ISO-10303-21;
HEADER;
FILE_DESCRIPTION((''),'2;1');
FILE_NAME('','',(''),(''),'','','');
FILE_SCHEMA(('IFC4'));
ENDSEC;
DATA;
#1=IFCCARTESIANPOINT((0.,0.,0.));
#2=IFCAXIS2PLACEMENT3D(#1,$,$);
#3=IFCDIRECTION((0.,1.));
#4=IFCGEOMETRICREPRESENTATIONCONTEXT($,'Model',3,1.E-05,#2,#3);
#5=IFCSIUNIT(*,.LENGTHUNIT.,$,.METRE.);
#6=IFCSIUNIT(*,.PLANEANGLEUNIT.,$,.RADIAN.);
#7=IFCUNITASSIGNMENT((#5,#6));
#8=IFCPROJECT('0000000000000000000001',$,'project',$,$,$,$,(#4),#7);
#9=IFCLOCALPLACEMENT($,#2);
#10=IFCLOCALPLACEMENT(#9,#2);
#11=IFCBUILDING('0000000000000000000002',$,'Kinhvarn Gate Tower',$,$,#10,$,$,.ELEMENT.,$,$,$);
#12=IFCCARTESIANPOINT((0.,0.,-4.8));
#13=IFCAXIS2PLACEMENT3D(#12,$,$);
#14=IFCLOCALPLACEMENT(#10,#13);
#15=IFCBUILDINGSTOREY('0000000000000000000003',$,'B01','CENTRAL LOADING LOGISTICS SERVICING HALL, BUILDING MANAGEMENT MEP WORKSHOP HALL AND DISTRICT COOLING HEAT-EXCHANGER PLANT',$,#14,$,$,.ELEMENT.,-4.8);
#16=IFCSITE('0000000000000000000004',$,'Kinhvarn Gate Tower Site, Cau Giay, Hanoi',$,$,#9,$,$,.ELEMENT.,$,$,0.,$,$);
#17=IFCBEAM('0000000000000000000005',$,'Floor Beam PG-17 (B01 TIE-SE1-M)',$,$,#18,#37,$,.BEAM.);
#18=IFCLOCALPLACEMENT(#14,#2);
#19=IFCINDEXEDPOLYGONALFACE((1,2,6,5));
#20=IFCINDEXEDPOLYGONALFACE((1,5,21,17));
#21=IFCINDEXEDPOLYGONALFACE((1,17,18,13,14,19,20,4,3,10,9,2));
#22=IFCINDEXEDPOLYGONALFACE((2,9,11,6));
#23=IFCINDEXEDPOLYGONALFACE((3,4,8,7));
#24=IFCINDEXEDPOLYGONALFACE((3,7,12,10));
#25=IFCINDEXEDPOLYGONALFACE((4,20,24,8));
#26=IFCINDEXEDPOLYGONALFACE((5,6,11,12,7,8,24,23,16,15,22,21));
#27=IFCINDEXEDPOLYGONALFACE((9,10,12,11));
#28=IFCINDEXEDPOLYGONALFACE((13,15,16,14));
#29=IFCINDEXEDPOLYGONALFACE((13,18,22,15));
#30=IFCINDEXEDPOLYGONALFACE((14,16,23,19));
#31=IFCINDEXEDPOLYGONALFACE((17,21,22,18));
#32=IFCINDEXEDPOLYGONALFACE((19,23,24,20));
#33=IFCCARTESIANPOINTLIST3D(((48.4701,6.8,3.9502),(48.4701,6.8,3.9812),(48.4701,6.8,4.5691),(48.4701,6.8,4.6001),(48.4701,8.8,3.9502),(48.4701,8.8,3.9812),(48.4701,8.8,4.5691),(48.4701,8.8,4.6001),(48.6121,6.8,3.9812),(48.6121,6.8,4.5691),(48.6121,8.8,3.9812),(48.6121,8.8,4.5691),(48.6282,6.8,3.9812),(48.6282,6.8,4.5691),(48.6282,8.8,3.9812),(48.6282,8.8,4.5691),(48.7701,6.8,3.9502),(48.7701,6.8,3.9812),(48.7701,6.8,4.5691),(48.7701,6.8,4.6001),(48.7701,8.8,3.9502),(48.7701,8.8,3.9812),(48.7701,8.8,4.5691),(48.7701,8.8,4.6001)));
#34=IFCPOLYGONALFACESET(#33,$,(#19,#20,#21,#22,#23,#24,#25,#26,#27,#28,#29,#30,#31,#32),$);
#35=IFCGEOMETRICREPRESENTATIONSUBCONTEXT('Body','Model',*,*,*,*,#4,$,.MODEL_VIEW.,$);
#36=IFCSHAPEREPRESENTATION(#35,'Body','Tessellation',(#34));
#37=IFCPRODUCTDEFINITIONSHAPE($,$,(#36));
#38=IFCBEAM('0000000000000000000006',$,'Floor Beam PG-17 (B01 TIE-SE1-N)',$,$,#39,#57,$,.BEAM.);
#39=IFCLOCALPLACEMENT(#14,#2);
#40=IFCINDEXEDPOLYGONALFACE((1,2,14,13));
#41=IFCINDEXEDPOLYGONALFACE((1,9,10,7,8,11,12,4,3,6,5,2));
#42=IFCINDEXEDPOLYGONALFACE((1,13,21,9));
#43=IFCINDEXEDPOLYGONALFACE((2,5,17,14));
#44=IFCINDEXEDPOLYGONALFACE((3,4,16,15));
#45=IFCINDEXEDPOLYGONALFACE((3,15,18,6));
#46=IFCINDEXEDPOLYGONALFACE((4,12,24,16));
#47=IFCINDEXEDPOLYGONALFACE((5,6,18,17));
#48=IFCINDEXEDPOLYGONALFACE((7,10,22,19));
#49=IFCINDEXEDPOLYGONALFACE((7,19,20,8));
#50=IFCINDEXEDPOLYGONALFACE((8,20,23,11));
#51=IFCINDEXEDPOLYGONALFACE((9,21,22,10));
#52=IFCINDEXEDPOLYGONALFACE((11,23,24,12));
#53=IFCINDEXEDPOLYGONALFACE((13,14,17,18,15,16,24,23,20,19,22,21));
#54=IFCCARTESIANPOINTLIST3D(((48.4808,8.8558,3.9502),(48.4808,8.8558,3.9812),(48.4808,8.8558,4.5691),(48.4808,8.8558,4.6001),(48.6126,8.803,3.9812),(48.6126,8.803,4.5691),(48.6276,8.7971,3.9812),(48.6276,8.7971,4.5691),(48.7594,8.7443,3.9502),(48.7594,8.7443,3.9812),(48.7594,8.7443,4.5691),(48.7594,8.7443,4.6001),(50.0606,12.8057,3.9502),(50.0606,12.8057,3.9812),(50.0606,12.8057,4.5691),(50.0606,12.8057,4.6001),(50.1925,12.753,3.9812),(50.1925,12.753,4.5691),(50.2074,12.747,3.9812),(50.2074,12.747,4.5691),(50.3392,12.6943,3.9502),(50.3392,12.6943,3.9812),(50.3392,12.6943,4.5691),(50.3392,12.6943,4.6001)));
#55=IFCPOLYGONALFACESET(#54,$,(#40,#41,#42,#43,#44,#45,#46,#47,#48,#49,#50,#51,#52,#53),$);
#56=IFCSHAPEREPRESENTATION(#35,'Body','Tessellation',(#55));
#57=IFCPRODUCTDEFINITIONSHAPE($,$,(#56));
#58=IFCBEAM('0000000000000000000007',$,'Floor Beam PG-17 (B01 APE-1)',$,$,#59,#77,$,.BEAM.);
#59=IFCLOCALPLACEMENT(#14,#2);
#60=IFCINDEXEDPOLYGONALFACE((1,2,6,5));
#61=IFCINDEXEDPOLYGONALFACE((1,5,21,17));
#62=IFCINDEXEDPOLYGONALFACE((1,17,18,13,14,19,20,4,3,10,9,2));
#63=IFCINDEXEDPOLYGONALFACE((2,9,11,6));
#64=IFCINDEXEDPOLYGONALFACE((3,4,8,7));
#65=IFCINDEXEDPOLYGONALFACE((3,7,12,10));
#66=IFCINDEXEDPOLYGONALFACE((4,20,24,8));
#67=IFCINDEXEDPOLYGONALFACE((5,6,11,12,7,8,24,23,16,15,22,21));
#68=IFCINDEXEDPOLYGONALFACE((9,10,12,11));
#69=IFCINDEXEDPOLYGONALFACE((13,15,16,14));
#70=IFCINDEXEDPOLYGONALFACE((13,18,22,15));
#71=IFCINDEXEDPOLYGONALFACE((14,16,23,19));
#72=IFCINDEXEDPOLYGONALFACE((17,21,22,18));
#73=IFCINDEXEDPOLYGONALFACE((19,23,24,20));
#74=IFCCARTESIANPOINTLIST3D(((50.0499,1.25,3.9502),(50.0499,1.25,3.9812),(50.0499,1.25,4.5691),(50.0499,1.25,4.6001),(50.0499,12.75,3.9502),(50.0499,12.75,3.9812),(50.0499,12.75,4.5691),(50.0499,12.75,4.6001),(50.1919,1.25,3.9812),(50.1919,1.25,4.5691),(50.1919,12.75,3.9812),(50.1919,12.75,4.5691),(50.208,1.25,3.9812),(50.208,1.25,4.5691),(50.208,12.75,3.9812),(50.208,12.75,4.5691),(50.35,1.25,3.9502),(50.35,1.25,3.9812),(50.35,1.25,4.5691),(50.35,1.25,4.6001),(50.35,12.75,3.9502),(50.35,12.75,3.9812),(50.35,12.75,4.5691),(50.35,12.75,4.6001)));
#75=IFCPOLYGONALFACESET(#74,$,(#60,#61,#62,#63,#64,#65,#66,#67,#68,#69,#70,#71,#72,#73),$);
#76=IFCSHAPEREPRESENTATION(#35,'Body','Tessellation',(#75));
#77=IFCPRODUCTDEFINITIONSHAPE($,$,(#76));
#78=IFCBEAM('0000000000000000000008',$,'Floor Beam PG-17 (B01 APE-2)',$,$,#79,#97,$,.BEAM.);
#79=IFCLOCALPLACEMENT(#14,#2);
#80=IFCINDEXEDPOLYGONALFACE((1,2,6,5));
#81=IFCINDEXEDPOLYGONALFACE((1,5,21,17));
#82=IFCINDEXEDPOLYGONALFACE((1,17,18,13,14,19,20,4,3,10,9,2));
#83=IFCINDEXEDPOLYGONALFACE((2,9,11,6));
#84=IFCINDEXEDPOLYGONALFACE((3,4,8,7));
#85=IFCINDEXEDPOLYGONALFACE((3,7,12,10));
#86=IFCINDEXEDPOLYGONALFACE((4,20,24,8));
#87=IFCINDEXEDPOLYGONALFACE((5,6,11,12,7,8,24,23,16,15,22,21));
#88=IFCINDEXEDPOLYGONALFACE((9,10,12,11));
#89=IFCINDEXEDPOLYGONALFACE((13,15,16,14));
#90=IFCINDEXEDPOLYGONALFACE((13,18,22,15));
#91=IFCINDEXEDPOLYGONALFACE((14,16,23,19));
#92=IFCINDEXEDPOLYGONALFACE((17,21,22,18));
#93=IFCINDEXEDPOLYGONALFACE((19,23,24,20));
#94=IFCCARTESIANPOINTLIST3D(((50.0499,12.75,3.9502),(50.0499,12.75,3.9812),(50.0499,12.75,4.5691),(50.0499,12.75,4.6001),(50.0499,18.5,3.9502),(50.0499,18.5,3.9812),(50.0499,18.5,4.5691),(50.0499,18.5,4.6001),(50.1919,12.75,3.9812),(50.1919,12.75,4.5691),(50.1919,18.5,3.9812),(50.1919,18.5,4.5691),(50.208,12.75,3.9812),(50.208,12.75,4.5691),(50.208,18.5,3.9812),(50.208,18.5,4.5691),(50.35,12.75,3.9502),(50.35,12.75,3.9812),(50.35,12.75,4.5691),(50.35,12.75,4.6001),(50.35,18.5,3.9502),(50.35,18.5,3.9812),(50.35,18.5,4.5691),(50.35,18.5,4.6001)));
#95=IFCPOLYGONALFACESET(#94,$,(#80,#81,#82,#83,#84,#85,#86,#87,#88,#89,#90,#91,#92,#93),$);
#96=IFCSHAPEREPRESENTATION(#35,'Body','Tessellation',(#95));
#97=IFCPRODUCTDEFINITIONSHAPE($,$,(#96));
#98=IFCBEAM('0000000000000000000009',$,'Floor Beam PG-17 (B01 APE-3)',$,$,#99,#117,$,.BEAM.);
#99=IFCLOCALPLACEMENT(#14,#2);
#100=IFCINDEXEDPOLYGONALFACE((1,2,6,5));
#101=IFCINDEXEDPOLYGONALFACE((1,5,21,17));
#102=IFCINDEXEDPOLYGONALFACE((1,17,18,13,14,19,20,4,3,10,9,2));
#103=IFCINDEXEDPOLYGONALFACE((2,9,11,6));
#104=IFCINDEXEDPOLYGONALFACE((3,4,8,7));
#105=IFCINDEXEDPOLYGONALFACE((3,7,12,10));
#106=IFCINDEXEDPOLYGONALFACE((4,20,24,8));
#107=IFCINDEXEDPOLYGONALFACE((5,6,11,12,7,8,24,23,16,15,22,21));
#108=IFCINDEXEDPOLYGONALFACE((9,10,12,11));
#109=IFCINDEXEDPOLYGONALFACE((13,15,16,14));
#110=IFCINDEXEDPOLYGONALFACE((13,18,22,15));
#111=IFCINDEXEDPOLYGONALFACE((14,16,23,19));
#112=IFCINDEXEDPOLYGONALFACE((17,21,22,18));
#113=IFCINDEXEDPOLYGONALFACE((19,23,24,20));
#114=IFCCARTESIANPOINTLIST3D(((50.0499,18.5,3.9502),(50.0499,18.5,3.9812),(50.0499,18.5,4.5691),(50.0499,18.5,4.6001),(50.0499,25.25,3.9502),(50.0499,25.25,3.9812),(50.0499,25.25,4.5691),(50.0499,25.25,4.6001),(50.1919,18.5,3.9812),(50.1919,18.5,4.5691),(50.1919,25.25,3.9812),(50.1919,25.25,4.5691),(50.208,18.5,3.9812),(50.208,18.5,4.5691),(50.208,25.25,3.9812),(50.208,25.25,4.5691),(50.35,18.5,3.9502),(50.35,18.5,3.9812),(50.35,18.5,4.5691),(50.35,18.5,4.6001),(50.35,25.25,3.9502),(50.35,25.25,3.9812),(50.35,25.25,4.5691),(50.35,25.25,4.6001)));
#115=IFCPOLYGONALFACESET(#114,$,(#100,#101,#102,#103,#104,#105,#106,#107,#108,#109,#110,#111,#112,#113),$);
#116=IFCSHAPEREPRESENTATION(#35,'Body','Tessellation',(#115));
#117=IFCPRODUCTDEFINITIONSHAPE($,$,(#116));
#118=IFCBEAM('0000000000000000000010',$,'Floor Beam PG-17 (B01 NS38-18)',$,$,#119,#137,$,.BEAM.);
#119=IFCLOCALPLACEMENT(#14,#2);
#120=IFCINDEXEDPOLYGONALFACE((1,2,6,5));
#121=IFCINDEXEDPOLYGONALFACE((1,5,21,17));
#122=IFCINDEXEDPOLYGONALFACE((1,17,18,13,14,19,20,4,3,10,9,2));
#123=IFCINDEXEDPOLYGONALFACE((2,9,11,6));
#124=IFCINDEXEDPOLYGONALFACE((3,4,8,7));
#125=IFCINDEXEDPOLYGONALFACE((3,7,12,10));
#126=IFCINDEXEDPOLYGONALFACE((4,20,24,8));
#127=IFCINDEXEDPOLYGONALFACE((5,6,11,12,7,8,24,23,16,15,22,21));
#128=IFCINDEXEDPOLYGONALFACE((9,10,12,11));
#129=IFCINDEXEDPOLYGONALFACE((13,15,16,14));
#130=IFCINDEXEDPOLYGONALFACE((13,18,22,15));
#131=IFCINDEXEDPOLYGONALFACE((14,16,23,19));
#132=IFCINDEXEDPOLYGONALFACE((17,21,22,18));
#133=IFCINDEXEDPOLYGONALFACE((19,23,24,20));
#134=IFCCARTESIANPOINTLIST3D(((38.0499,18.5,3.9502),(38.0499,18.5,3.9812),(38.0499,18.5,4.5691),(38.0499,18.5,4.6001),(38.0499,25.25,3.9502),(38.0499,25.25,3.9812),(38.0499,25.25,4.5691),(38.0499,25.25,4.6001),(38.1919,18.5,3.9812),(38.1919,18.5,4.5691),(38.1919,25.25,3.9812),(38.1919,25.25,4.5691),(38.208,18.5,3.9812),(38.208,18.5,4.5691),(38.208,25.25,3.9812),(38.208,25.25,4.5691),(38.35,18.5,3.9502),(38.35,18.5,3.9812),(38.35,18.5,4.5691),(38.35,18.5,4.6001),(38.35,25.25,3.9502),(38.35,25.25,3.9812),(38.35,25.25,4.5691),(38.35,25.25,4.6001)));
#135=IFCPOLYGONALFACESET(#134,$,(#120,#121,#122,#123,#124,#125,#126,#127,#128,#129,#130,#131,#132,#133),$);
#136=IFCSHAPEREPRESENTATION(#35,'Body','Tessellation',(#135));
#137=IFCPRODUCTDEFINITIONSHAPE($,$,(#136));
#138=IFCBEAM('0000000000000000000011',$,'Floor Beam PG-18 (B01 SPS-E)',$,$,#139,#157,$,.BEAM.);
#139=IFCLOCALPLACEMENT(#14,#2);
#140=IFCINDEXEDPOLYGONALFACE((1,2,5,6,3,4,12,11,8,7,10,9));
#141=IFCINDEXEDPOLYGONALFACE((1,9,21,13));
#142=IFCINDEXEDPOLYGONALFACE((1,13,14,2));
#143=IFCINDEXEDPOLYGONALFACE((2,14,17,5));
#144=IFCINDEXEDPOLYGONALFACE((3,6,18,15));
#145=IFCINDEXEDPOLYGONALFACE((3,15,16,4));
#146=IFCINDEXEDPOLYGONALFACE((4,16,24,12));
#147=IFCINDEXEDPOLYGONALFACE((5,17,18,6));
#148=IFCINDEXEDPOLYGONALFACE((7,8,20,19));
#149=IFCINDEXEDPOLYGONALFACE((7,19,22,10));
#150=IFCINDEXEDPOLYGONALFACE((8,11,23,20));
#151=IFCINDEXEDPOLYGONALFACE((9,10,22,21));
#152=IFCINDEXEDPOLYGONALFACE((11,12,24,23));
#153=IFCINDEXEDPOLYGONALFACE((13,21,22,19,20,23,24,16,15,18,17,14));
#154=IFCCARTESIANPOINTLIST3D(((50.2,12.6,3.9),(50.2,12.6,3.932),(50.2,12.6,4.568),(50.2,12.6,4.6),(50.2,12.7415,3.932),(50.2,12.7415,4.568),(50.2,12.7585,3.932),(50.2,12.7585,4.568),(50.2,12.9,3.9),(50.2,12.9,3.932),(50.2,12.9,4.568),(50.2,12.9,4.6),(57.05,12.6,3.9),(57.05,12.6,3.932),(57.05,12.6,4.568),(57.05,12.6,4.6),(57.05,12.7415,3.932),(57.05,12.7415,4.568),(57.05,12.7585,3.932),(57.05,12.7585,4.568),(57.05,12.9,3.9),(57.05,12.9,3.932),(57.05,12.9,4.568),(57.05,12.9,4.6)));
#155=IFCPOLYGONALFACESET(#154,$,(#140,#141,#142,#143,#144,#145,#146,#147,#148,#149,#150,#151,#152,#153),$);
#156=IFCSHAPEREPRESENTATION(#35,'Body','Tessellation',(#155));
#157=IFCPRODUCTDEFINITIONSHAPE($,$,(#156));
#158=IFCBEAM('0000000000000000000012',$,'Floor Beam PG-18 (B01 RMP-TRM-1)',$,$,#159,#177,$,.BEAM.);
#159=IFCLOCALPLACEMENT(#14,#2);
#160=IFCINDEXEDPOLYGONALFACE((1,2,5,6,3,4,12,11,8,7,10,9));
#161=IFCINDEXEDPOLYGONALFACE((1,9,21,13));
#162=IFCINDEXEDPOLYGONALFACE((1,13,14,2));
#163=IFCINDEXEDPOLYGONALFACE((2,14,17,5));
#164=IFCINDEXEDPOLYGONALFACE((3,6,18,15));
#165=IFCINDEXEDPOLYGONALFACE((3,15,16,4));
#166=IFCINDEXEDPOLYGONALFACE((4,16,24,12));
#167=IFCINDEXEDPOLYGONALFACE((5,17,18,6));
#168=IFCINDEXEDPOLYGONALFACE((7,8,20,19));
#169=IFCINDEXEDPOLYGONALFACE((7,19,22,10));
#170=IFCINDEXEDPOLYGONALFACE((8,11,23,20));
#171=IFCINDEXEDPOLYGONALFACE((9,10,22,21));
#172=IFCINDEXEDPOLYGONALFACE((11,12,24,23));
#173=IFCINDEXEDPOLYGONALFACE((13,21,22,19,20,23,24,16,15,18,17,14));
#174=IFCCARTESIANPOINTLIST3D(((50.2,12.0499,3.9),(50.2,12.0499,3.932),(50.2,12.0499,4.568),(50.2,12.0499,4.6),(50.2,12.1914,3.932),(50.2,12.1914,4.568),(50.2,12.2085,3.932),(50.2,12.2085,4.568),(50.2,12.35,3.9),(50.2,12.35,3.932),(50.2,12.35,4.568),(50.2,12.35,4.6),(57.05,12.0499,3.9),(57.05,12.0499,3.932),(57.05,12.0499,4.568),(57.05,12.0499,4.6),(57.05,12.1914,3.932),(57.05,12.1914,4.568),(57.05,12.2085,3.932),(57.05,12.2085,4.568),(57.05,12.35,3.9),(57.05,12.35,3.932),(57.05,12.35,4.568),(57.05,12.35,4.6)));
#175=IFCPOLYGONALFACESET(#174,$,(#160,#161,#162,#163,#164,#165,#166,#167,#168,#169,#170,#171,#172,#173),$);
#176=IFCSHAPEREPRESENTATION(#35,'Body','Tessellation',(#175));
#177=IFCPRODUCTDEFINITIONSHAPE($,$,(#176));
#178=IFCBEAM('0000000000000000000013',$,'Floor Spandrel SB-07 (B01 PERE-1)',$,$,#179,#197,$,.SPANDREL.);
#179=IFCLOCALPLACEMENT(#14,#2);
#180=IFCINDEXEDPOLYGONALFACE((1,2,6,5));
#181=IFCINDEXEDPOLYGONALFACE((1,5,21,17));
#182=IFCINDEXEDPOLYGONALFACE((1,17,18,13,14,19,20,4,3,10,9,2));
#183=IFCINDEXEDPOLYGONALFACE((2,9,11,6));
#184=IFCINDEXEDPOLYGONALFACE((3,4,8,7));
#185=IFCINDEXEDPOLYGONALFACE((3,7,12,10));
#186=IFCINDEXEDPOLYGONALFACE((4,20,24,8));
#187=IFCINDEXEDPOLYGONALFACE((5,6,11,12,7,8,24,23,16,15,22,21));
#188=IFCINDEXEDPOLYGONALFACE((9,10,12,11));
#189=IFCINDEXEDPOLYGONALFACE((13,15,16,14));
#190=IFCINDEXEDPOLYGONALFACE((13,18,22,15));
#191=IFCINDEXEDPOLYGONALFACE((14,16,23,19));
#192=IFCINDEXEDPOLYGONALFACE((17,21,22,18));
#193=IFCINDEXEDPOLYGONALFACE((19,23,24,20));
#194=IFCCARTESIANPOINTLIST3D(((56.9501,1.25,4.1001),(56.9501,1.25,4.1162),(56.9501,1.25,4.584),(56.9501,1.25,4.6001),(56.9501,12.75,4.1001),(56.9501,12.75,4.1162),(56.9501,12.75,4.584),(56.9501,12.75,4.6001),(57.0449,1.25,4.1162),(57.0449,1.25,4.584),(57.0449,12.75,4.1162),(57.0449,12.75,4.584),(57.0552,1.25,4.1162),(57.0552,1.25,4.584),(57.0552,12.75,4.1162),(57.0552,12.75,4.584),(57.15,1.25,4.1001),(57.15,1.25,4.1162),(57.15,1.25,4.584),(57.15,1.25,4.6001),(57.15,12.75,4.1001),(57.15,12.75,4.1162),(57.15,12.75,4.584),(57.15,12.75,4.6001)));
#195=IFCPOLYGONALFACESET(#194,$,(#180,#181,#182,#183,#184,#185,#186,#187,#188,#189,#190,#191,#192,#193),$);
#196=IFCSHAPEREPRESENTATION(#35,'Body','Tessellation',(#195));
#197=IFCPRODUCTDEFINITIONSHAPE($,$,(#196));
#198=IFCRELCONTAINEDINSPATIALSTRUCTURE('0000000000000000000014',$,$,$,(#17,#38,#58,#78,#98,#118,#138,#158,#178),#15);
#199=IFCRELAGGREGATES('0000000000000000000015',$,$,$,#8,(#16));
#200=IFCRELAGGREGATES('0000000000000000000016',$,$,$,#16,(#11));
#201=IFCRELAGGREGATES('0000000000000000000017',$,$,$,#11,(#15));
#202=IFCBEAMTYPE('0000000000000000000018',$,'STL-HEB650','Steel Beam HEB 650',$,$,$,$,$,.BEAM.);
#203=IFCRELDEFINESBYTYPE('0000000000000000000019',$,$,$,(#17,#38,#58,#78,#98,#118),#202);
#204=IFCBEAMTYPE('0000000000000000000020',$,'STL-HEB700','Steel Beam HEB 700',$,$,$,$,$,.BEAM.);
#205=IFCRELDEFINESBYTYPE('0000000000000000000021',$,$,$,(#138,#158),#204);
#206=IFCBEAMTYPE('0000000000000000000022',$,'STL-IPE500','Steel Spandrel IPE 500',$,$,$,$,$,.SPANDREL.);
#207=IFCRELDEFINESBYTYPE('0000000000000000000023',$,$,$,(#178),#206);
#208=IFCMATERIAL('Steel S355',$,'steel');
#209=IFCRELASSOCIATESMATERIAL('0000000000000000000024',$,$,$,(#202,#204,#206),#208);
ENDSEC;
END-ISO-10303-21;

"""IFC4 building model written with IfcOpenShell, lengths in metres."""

from ifc_helpers import new_model, si_unit, direction, frame, origin, origin_2d, place, context, subcontext, project, spatial, i_section, extrude, material, material_profile, profile_set, type_object, element, save


model = new_model("IFC4")

# Units and contexts
model_context = context("Model", 3, precision=1e-05, world=origin(), true_north=direction((0.0, 1.0)))
body_context = subcontext(model_context, "Body", "Model", "MODEL_VIEW")
ifc_project = project(units=[si_unit("LENGTHUNIT", "METRE"), si_unit("PLANEANGLEUNIT", "RADIAN")], contexts=[model_context])

# Site, building, storey
site_placement = place(None, origin())
site = spatial("IfcSite", under=ifc_project, at=site_placement, Name="Kinhvarn Gate Tower Site, Cau Giay, Hanoi", CompositionType="ELEMENT", RefElevation=0.0)
building_placement = place(site_placement, origin())
building = spatial("IfcBuilding", under=site, at=building_placement, Name="Kinhvarn Gate Tower", CompositionType="ELEMENT")
storey_placement = place(building_placement, frame((0.0, 0.0, -4.8)))
storey = spatial("IfcBuildingStorey", under=building, at=storey_placement, Name="B01", Description="CENTRAL LOADING LOGISTICS SERVICING HALL, BUILDING MANAGEMENT MEP WORKSHOP HALL AND DISTRICT COOLING HEAT-EXCHANGER PLANT", CompositionType="ELEMENT", Elevation=-4.8)

# Beams
ifc_material_1 = material(Name="Steel S355", Category="steel")
ifc_material_profile_1 = material_profile(ifc_material_1, i_section(OverallWidth=0.3, OverallDepth=0.6499, WebThickness=0.0161, FlangeThickness=0.031, at=origin_2d()), Name="HEB 650")
ifc_profile_set_1 = profile_set([ifc_material_profile_1], Name="Steel S355")
beam_type_1 = type_object("IfcBeamType", Name="STL-HEB650", Description="Steel Beam HEB 650", PredefinedType="BEAM", material=ifc_profile_set_1)
beam_1_placement = place(storey_placement, frame((48.6201, 6.8, 4.2751), z_axis=(0.0, 1.0, 0.0), x_axis=(-1.0, 0.0, 0.0)))
element("IfcBeam", 1, at=beam_1_placement, inside=storey, type_object=beam_type_1, Name="Floor Beam PG-17 (B01 TIE-SE1-M)", PredefinedType="BEAM", context=body_context, shape_type="SweptSolid", body=[
    extrude(i_section(OverallWidth=0.3, OverallDepth=0.6499, WebThickness=0.0161, FlangeThickness=0.031, at=origin_2d()), origin(), (0.0, 0.0, 1.0), 2.0),
])
beam_2_placement = place(storey_placement, frame((48.6201, 8.8, 4.2751), z_axis=(0.371361, 0.928489, 0.0), x_axis=(-0.928489, 0.371361, 0.0)))
element("IfcBeam", 2, at=beam_2_placement, inside=storey, type_object=beam_type_1, Name="Floor Beam PG-17 (B01 TIE-SE1-N)", PredefinedType="BEAM", context=body_context, shape_type="SweptSolid", body=[
    extrude(i_section(OverallWidth=0.3, OverallDepth=0.6499, WebThickness=0.0161, FlangeThickness=0.031, at=origin_2d()), origin(), (0.0, 0.0, 1.0), 4.2542),
])
beam_3_placement = place(storey_placement, frame((50.2, 1.25, 4.2751), z_axis=(0.0, 1.0, 0.0), x_axis=(-1.0, 0.0, 0.0)))
element("IfcBeam", 3, at=beam_3_placement, inside=storey, type_object=beam_type_1, Name="Floor Beam PG-17 (B01 APE-1)", PredefinedType="BEAM", context=body_context, shape_type="SweptSolid", body=[
    extrude(i_section(OverallWidth=0.3, OverallDepth=0.6499, WebThickness=0.0161, FlangeThickness=0.031, at=origin_2d()), origin(), (0.0, 0.0, 1.0), 11.5),
])
beam_4_placement = place(storey_placement, frame((50.2, 12.75, 4.2751), z_axis=(0.0, 1.0, 0.0), x_axis=(-1.0, 0.0, 0.0)))
element("IfcBeam", 4, at=beam_4_placement, inside=storey, type_object=beam_type_1, Name="Floor Beam PG-17 (B01 APE-2)", PredefinedType="BEAM", context=body_context, shape_type="SweptSolid", body=[
    extrude(i_section(OverallWidth=0.3, OverallDepth=0.6499, WebThickness=0.0161, FlangeThickness=0.031, at=origin_2d()), origin(), (0.0, 0.0, 1.0), 5.75),
])
for number, where, z_axis, x_axis, name in (
    (5, (50.2, 18.5, 4.2751), (0.0, 1.0, 0.0), (-1.0, 0.0, 0.0), "Floor Beam PG-17 (B01 APE-3)"),
    (6, (38.2, 18.5, 4.2751), (0.0, 1.0, 0.0), (-1.0, 0.0, 0.0), "Floor Beam PG-17 (B01 NS38-18)"),
):
    element("IfcBeam", number, at=place(storey_placement, frame(where, z_axis=z_axis, x_axis=x_axis)), inside=storey, type_object=beam_type_1, Name=name, PredefinedType="BEAM", context=body_context, shape_type="SweptSolid", body=[
        extrude(i_section(OverallWidth=0.3, OverallDepth=0.6499, WebThickness=0.0161, FlangeThickness=0.031, at=origin_2d()), origin(), (0.0, 0.0, 1.0), 6.75),
    ])
ifc_material_profile_2 = material_profile(ifc_material_1, i_section(OverallWidth=0.3, OverallDepth=0.7, WebThickness=0.0171, FlangeThickness=0.032, at=origin_2d()), Name="HEB 700")
ifc_profile_set_2 = profile_set([ifc_material_profile_2], Name="Steel S355")
beam_type_2 = type_object("IfcBeamType", Name="STL-HEB700", Description="Steel Beam HEB 700", PredefinedType="BEAM", material=ifc_profile_set_2)
for number, where, z_axis, x_axis, name in (
    (7, (50.2, 12.75, 4.25), (1.0, 0.0, 0.0), (0.0, 1.0, 0.0), "Floor Beam PG-18 (B01 SPS-E)"),
    (8, (50.2, 12.2, 4.25), (1.0, 0.0, 0.0), (0.0, 1.0, 0.0), "Floor Beam PG-18 (B01 RMP-TRM-1)"),
):
    element("IfcBeam", number, at=place(storey_placement, frame(where, z_axis=z_axis, x_axis=x_axis)), inside=storey, type_object=beam_type_2, Name=name, PredefinedType="BEAM", context=body_context, shape_type="SweptSolid", body=[
        extrude(i_section(OverallWidth=0.3, OverallDepth=0.7, WebThickness=0.0171, FlangeThickness=0.032, at=origin_2d()), origin(), (0.0, 0.0, 1.0), 6.8501),
    ])
ifc_material_profile_3 = material_profile(ifc_material_1, i_section(OverallWidth=0.2, OverallDepth=0.5, WebThickness=0.0103, FlangeThickness=0.0161, at=origin_2d()), Name="IPE 500")
ifc_profile_set_3 = profile_set([ifc_material_profile_3], Name="Steel S355")
beam_type_3 = type_object("IfcBeamType", Name="STL-IPE500", Description="Steel Spandrel IPE 500", PredefinedType="SPANDREL", material=ifc_profile_set_3)
beam_5_placement = place(storey_placement, frame((57.05, 1.25, 4.3501), z_axis=(0.0, 1.0, 0.0), x_axis=(-1.0, 0.0, 0.0)))
element("IfcBeam", 9, at=beam_5_placement, inside=storey, type_object=beam_type_3, Name="Floor Spandrel SB-07 (B01 PERE-1)", PredefinedType="SPANDREL", context=body_context, shape_type="SweptSolid", body=[
    extrude(i_section(OverallWidth=0.2, OverallDepth=0.5, WebThickness=0.0103, FlangeThickness=0.0161, at=origin_2d()), origin(), (0.0, 0.0, 1.0), 11.5),
])

save(model, "model.ifc")
